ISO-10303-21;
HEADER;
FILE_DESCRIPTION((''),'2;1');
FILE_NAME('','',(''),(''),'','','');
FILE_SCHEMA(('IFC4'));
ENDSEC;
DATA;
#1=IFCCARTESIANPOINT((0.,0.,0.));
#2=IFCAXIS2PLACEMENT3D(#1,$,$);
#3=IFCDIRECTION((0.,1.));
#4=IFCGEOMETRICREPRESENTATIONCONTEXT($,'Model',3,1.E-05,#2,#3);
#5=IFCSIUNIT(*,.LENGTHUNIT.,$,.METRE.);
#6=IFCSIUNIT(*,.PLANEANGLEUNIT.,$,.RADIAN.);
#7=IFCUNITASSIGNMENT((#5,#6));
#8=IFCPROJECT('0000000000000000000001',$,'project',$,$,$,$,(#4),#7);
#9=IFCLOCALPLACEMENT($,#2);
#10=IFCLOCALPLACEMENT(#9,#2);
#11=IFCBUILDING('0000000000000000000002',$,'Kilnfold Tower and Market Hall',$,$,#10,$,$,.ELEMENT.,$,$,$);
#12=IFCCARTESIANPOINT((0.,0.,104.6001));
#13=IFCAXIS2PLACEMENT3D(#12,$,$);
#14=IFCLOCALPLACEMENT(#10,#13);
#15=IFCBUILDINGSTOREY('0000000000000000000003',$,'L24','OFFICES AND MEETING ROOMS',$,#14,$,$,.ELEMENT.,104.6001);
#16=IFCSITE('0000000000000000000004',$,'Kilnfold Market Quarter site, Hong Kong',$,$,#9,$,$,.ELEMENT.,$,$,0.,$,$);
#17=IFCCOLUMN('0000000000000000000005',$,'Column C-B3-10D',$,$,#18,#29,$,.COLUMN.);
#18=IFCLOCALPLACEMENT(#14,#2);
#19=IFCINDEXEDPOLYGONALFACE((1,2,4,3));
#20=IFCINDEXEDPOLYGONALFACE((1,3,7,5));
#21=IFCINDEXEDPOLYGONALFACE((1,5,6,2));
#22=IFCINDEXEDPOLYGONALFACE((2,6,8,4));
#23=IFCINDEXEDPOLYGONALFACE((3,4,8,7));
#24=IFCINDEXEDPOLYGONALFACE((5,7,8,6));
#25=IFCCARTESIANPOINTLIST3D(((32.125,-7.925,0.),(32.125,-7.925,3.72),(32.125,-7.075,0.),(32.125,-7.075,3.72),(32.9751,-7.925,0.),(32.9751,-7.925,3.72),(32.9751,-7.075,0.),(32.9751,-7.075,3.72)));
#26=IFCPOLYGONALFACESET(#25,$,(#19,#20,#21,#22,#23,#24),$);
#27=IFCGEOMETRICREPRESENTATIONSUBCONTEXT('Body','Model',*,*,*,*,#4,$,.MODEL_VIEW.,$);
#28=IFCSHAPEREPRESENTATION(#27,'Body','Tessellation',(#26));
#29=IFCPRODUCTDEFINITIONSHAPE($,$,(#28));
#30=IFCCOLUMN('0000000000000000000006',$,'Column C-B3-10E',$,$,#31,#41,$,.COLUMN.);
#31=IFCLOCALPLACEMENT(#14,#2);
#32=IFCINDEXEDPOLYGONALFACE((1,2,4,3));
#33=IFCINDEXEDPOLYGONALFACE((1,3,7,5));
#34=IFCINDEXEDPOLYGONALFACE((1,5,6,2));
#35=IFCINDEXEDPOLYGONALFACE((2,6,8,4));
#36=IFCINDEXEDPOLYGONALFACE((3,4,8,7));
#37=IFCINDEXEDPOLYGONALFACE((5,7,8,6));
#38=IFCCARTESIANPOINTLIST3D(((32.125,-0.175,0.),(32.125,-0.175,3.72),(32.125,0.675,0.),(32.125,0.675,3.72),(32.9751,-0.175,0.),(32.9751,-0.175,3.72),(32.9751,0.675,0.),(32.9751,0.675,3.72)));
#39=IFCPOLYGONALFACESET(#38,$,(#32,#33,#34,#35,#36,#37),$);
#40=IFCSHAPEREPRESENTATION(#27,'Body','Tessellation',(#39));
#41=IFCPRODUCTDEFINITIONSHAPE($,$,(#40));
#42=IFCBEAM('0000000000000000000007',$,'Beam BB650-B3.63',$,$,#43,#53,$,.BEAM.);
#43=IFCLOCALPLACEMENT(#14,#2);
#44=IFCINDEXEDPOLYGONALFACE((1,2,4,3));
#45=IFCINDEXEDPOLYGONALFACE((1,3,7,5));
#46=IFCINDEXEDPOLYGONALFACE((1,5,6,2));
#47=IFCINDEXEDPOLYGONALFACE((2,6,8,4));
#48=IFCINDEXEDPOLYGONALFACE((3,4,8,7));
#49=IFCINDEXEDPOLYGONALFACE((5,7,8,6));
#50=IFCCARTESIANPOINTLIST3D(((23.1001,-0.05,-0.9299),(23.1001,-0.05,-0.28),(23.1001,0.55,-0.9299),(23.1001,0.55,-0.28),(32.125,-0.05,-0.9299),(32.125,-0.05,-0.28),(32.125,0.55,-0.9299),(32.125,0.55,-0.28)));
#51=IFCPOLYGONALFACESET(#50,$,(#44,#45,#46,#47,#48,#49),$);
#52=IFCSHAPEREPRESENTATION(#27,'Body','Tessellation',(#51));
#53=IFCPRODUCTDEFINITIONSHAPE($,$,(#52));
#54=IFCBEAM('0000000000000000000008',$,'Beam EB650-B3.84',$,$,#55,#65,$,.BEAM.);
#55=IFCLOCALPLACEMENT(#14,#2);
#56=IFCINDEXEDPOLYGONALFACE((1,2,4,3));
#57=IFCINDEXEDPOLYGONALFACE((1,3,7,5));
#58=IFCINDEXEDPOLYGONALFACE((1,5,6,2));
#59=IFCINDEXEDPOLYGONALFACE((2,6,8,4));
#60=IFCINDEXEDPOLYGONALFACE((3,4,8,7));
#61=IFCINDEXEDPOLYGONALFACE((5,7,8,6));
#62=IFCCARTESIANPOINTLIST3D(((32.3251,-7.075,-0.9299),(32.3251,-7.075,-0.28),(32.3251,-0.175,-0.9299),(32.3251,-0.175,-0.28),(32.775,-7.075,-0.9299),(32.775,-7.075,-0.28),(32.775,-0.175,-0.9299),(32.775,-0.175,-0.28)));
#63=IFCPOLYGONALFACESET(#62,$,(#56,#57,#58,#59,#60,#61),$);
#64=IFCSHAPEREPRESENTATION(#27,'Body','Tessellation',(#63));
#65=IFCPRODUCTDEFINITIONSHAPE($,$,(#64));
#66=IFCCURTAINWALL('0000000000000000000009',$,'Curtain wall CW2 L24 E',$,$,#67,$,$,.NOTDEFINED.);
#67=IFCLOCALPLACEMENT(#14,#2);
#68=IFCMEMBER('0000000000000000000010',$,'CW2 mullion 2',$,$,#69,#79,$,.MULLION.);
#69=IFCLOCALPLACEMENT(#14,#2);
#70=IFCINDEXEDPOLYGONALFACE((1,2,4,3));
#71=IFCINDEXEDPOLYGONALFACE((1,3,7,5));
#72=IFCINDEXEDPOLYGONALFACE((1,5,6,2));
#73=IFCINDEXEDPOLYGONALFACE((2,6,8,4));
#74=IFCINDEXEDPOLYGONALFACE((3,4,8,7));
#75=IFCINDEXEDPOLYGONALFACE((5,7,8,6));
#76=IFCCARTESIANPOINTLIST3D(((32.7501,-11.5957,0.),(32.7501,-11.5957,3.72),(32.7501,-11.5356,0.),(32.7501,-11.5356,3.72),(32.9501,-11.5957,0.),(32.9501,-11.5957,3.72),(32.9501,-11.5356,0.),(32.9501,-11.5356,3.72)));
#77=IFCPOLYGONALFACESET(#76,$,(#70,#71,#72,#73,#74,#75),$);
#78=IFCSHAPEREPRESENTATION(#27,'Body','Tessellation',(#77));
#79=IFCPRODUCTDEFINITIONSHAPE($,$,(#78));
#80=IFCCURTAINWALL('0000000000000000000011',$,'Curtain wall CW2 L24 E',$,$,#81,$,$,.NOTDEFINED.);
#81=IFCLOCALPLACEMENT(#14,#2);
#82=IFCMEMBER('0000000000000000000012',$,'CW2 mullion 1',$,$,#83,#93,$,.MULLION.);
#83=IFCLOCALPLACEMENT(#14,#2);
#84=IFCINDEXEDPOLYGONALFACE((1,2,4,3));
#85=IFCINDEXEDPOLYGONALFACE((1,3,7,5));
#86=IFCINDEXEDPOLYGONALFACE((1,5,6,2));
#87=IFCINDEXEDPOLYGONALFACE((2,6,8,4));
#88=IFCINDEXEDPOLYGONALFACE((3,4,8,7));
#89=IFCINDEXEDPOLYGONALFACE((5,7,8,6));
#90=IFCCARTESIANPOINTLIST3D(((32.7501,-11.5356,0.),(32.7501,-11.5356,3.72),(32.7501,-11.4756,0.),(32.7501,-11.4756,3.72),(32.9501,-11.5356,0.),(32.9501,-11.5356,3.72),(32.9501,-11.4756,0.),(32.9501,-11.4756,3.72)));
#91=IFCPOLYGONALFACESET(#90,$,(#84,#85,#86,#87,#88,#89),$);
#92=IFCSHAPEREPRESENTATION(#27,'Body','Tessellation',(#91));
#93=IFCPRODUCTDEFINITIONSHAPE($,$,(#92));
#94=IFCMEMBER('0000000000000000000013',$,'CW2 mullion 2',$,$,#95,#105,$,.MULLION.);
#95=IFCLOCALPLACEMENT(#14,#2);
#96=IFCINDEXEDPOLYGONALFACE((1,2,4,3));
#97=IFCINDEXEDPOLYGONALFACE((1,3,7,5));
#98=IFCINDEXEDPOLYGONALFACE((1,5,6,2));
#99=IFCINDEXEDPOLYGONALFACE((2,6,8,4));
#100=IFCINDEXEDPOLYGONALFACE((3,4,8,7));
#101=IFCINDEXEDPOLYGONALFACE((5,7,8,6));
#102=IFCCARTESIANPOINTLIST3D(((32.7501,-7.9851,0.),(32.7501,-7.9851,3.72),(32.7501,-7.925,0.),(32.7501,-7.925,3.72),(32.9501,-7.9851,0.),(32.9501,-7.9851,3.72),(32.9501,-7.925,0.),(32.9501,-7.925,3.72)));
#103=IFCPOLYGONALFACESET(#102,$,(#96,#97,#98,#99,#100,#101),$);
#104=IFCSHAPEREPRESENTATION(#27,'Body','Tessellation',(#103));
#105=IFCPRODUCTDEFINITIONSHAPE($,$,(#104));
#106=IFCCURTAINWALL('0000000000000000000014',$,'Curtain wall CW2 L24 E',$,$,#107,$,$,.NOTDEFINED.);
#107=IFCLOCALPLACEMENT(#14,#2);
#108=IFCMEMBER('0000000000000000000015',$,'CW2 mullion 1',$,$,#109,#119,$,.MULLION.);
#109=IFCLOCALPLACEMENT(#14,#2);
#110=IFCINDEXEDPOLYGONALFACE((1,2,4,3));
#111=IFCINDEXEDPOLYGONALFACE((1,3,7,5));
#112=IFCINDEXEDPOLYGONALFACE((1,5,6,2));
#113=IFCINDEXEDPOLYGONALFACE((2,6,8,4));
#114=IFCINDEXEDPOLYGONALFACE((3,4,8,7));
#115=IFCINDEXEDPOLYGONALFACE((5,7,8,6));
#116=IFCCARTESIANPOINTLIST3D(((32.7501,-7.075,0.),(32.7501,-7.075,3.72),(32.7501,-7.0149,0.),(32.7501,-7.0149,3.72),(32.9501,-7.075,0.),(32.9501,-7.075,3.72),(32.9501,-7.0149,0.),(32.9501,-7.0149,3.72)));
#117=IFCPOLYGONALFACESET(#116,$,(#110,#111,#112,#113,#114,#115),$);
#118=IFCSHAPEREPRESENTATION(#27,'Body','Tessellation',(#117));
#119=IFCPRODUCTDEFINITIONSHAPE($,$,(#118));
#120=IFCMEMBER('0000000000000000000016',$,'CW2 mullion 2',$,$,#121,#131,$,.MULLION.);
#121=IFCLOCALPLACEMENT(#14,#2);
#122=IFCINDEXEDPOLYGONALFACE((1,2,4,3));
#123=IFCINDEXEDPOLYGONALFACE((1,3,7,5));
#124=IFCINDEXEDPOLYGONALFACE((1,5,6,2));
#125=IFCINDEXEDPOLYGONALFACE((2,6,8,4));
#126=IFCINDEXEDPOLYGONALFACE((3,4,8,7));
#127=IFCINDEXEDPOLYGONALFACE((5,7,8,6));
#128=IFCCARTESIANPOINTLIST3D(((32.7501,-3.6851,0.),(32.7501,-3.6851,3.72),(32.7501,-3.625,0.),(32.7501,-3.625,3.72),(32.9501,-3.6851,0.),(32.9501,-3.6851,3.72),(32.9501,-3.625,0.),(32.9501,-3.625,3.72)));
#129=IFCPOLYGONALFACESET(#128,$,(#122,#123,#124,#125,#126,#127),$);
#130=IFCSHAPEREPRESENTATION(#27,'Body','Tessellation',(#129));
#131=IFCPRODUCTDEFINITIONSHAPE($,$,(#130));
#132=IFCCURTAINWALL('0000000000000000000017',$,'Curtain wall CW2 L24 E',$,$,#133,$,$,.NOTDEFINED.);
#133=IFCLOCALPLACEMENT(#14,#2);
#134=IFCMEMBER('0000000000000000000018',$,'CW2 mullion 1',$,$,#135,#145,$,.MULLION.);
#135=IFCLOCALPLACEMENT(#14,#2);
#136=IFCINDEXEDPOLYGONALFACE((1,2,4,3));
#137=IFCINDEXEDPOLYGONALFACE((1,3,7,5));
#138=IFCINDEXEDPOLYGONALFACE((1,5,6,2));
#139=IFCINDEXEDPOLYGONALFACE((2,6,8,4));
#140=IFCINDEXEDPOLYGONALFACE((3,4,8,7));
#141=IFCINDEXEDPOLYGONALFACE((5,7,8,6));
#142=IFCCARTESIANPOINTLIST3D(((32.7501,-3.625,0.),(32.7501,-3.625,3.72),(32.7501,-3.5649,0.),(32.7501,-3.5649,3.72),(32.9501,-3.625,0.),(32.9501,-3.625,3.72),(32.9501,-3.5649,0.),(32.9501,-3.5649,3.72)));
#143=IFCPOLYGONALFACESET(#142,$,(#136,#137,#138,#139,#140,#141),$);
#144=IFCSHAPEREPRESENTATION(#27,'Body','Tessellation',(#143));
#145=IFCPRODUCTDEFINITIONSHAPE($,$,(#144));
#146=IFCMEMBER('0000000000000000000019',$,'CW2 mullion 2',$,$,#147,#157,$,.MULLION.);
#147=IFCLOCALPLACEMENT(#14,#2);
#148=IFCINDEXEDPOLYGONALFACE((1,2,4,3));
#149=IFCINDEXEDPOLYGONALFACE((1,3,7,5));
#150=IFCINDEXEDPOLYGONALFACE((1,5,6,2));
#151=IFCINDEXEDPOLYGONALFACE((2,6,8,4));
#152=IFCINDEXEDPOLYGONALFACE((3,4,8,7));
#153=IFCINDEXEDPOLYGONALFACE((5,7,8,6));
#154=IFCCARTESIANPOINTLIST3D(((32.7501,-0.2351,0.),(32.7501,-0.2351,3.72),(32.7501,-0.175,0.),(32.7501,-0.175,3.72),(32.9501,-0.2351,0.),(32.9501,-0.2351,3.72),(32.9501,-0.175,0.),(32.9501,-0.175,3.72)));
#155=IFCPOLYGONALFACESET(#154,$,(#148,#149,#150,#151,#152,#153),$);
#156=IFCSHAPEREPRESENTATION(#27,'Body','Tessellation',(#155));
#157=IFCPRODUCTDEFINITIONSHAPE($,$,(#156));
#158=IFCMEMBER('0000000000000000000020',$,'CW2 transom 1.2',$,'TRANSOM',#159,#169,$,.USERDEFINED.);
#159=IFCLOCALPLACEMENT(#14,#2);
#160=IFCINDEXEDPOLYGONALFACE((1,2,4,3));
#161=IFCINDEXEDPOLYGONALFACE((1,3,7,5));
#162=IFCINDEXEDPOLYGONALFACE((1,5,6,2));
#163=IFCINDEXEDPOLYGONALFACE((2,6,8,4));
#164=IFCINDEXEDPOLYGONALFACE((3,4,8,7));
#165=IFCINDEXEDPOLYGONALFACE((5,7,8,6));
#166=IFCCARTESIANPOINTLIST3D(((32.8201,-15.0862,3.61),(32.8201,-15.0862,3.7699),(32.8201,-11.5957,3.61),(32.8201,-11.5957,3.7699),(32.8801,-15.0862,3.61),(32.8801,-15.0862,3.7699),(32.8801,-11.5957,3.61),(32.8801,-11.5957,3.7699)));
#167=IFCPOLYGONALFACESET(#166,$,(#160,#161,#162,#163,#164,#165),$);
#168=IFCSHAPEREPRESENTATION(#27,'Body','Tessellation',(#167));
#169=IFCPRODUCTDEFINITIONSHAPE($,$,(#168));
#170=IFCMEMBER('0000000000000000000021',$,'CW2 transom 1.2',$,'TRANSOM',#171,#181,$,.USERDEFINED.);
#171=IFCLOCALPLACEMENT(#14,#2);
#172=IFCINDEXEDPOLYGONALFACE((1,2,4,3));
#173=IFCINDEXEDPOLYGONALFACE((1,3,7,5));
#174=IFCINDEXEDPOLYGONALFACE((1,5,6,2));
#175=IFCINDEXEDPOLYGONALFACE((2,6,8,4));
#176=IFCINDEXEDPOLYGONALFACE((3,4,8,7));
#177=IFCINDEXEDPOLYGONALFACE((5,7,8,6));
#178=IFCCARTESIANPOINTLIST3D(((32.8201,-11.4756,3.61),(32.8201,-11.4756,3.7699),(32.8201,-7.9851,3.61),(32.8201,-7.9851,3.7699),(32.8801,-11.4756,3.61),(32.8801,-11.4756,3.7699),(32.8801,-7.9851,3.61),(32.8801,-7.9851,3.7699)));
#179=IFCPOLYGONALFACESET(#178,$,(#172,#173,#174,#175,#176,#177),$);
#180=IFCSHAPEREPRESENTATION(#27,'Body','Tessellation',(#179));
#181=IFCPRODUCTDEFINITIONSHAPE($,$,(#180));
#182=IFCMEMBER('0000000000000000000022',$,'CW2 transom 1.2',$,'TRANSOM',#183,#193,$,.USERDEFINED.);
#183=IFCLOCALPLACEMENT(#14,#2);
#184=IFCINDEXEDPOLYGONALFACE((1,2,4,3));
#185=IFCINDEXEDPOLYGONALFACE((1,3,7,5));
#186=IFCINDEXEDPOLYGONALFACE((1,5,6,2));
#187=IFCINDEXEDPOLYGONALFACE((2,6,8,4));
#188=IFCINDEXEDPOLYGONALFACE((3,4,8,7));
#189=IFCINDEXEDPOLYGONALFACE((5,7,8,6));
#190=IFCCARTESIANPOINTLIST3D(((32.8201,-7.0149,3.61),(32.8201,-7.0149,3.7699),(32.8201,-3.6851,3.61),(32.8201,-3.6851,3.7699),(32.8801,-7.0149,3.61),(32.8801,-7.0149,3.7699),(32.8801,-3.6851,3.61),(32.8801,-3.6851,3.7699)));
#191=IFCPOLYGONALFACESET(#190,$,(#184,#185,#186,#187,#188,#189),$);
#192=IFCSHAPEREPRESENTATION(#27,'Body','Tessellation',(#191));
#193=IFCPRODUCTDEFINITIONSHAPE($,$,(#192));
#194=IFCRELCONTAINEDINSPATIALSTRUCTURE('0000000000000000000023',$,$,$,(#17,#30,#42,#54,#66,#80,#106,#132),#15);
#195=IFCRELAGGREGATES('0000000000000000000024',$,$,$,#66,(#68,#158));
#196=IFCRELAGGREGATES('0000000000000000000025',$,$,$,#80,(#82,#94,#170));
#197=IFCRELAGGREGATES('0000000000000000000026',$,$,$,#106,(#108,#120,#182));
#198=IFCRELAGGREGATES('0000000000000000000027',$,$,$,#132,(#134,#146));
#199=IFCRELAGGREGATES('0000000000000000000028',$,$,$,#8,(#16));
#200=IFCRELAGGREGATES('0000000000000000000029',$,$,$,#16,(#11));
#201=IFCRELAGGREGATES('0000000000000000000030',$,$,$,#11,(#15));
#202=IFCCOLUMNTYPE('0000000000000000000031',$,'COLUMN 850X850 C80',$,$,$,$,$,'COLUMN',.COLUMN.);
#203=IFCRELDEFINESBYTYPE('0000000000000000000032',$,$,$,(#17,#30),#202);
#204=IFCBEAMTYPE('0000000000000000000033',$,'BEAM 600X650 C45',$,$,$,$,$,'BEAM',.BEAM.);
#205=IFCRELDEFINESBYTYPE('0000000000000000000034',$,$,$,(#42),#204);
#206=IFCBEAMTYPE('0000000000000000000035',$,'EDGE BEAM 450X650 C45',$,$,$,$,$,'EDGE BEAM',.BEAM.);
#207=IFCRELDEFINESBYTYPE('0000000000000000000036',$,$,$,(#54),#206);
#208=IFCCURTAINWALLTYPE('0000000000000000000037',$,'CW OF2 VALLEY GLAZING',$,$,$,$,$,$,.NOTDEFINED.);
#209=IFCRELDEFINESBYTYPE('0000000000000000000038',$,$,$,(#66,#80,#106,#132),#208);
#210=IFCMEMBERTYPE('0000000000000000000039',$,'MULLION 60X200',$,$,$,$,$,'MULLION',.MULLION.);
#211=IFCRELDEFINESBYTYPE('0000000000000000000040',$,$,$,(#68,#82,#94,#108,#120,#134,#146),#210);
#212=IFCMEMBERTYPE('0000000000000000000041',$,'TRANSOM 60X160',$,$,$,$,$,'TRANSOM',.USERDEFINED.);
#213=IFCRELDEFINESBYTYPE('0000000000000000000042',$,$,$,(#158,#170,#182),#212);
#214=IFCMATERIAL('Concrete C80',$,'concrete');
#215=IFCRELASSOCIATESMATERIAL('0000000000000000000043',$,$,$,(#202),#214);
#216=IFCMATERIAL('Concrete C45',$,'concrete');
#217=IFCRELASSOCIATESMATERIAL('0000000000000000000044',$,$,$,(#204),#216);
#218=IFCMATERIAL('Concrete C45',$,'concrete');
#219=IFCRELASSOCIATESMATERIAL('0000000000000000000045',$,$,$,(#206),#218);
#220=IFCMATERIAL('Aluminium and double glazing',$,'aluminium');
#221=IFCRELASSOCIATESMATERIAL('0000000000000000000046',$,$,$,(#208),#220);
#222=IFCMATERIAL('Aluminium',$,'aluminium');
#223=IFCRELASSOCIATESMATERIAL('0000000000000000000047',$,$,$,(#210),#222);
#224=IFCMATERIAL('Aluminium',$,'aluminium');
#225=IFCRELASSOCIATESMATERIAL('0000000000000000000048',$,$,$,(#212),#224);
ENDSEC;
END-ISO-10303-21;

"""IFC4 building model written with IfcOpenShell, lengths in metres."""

from ifc_helpers import new_model, si_unit, direction, frame, origin, origin_2d, place, context, subcontext, project, spatial, rectangle, extrude, source, transform, mapped, material, material_profile, profile_set, type_object, element, aggregate, save


model = new_model("IFC4")

# Units and contexts
model_context = context("Model", 3, precision=1e-05, world=origin(), true_north=direction((0.0, 1.0)))
body_context = subcontext(model_context, "Body", "Model", "MODEL_VIEW")
ifc_project = project(units=[si_unit("LENGTHUNIT", "METRE"), si_unit("PLANEANGLEUNIT", "RADIAN")], contexts=[model_context])

# Site, building, storey
site_placement = place(None, origin())
site = spatial("IfcSite", under=ifc_project, at=site_placement, Name="Kilnfold Market Quarter site, Hong Kong", CompositionType="ELEMENT", RefElevation=0.0)
building_placement = place(site_placement, origin())
building = spatial("IfcBuilding", under=site, at=building_placement, Name="Kilnfold Tower and Market Hall", CompositionType="ELEMENT")
storey_placement = place(building_placement, frame((0.0, 0.0, 104.6001)))
storey = spatial("IfcBuildingStorey", under=building, at=storey_placement, Name="L24", Description="OFFICES AND MEETING ROOMS", CompositionType="ELEMENT", Elevation=104.6001)

# Columns
ifc_material_1 = material(Name="Concrete C80", Category="concrete")
ifc_material_profile_1 = material_profile(ifc_material_1, rectangle(XDim=0.8501, YDim=0.8501, at=origin_2d()), Name="RC 850x850")
ifc_profile_set_1 = profile_set([ifc_material_profile_1], Name="Concrete C80")
column_type = type_object("IfcColumnType", Name="COLUMN 850X850 C80", ElementType="COLUMN", PredefinedType="COLUMN", material=ifc_profile_set_1)
shared_shape_1 = source(origin(), body_context, "Body", "SweptSolid", [
    extrude(rectangle(XDim=0.8501, YDim=0.8501, at=origin_2d()), origin(), (0.0, 0.0, 1.0), 3.72),
])
for number, where, z_axis, x_axis, name in (
    (1, (32.55, -7.5, 0.0), (0.0, 0.0, 1.0), (1.0, 0.0, 0.0), "Column C-B3-10D"),
    (2, (32.55, 0.25, 0.0), (0.0, 0.0, 1.0), (1.0, 0.0, 0.0), "Column C-B3-10E"),
):
    element("IfcColumn", number, at=place(storey_placement, frame(where, z_axis=z_axis, x_axis=x_axis)), inside=storey, type_object=column_type, Name=name, PredefinedType="COLUMN", context=body_context, shape_type="MappedRepresentation", body=[
        mapped(shared_shape_1, transform((0.0, 0.0, 0.0))),
    ])

# Beams
ifc_material_2 = material(Name="Concrete C45", Category="concrete")
ifc_material_profile_2 = material_profile(ifc_material_2, rectangle(XDim=0.6001, YDim=0.6499, at=origin_2d()), Name="RC 600x650")
ifc_profile_set_2 = profile_set([ifc_material_profile_2], Name="Concrete C45")
beam_type_1 = type_object("IfcBeamType", Name="BEAM 600X650 C45", ElementType="BEAM", PredefinedType="BEAM", material=ifc_profile_set_2)
shared_shape_2 = source(origin(), body_context, "Body", "SweptSolid", [
    extrude(rectangle(XDim=0.6001, YDim=0.6499, at=origin_2d()), origin(), (0.0, 0.0, 1.0), 9.0249),
])
beam_1_placement = place(storey_placement, frame((23.1001, 0.25, -0.605), z_axis=(1.0, 0.0, 0.0), x_axis=(0.0, 1.0, 0.0)))
element("IfcBeam", 3, at=beam_1_placement, inside=storey, type_object=beam_type_1, Name="Beam BB650-B3.63", PredefinedType="BEAM", context=body_context, shape_type="MappedRepresentation", body=[
    mapped(shared_shape_2, transform((0.0, 0.0, 0.0))),
])
ifc_material_3 = material(Name="Concrete C45", Category="concrete")
ifc_material_profile_3 = material_profile(ifc_material_3, rectangle(XDim=0.45, YDim=0.6499, at=origin_2d()), Name="RC 450x650")
ifc_profile_set_3 = profile_set([ifc_material_profile_3], Name="Concrete C45")
beam_type_2 = type_object("IfcBeamType", Name="EDGE BEAM 450X650 C45", ElementType="EDGE BEAM", PredefinedType="BEAM", material=ifc_profile_set_3)
shared_shape_3 = source(origin(), body_context, "Body", "SweptSolid", [
    extrude(rectangle(XDim=0.45, YDim=0.6499, at=origin_2d()), origin(), (0.0, 0.0, 1.0), 6.8999),
])
beam_2_placement = place(storey_placement, frame((32.55, -7.075, -0.605), z_axis=(0.0, 1.0, 0.0), x_axis=(-1.0, 0.0, 0.0)))
element("IfcBeam", 4, at=beam_2_placement, inside=storey, type_object=beam_type_2, Name="Beam EB650-B3.84", PredefinedType="BEAM", context=body_context, shape_type="MappedRepresentation", body=[
    mapped(shared_shape_3, transform((0.0, 0.0, 0.0))),
])

# Curtain wall, member
ifc_material_4 = material(Name="Aluminium and double glazing", Category="aluminium")
curtain_wall_type = type_object("IfcCurtainWallType", Name="CW OF2 VALLEY GLAZING", PredefinedType="NOTDEFINED", material=ifc_material_4)
curtain_wall_1_placement = place(storey_placement, origin())
curtain_wall_1 = element("IfcCurtainWall", 5, at=curtain_wall_1_placement, inside=storey, type_object=curtain_wall_type, Name="Curtain wall CW2 L24 E", PredefinedType="NOTDEFINED")
ifc_material_5 = material(Name="Aluminium", Category="aluminium")
ifc_material_profile_4 = material_profile(ifc_material_5, rectangle(XDim=0.0601, YDim=0.2, at=origin_2d()), Name="MULLION 60x200")
ifc_profile_set_4 = profile_set([ifc_material_profile_4], Name="Aluminium")
member_type_1 = type_object("IfcMemberType", Name="MULLION 60X200", ElementType="MULLION", PredefinedType="MULLION", material=ifc_profile_set_4)
shared_shape_4 = source(origin(), body_context, "Body", "SweptSolid", [
    extrude(rectangle(XDim=0.0601, YDim=0.2, at=origin_2d()), origin(), (0.0, 0.0, 1.0), 3.72),
])
member_1_placement = place(storey_placement, frame((32.8501, -11.5657, 0.0), z_axis=(0.0, 0.0, 1.0), x_axis=(0.0, 1.0, 0.0)))
member_1 = element("IfcMember", 6, at=member_1_placement, type_object=member_type_1, Name="CW2 mullion 2", PredefinedType="MULLION", context=body_context, shape_type="MappedRepresentation", body=[
    mapped(shared_shape_4, transform((0.0, 0.0, 0.0))),
])

# Curtain walls, members
curtain_wall_2_placement = place(storey_placement, origin())
curtain_wall_2 = element("IfcCurtainWall", 7, at=curtain_wall_2_placement, inside=storey, type_object=curtain_wall_type, Name="Curtain wall CW2 L24 E", PredefinedType="NOTDEFINED")
member_2_placement = place(storey_placement, frame((32.8501, -11.5056, 0.0), z_axis=(0.0, 0.0, 1.0), x_axis=(0.0, 1.0, 0.0)))
member_2 = element("IfcMember", 8, at=member_2_placement, type_object=member_type_1, Name="CW2 mullion 1", PredefinedType="MULLION", context=body_context, shape_type="MappedRepresentation", body=[
    mapped(shared_shape_4, transform((0.0, 0.0, 0.0))),
])
member_3_placement = place(storey_placement, frame((32.8501, -7.9551, 0.0), z_axis=(0.0, 0.0, 1.0), x_axis=(0.0, 1.0, 0.0)))
member_3 = element("IfcMember", 9, at=member_3_placement, type_object=member_type_1, Name="CW2 mullion 2", PredefinedType="MULLION", context=body_context, shape_type="MappedRepresentation", body=[
    mapped(shared_shape_4, transform((0.0, 0.0, 0.0))),
])
curtain_wall_3_placement = place(storey_placement, origin())
curtain_wall_3 = element("IfcCurtainWall", 10, at=curtain_wall_3_placement, inside=storey, type_object=curtain_wall_type, Name="Curtain wall CW2 L24 E", PredefinedType="NOTDEFINED")
member_4_placement = place(storey_placement, frame((32.8501, -7.0449, 0.0), z_axis=(0.0, 0.0, 1.0), x_axis=(0.0, 1.0, 0.0)))
member_4 = element("IfcMember", 11, at=member_4_placement, type_object=member_type_1, Name="CW2 mullion 1", PredefinedType="MULLION", context=body_context, shape_type="MappedRepresentation", body=[
    mapped(shared_shape_4, transform((0.0, 0.0, 0.0))),
])
member_5_placement = place(storey_placement, frame((32.8501, -3.655, 0.0), z_axis=(0.0, 0.0, 1.0), x_axis=(0.0, 1.0, 0.0)))
member_5 = element("IfcMember", 12, at=member_5_placement, type_object=member_type_1, Name="CW2 mullion 2", PredefinedType="MULLION", context=body_context, shape_type="MappedRepresentation", body=[
    mapped(shared_shape_4, transform((0.0, 0.0, 0.0))),
])
curtain_wall_4_placement = place(storey_placement, origin())
curtain_wall_4 = element("IfcCurtainWall", 13, at=curtain_wall_4_placement, inside=storey, type_object=curtain_wall_type, Name="Curtain wall CW2 L24 E", PredefinedType="NOTDEFINED")
member_6_placement = place(storey_placement, frame((32.8501, -3.595, 0.0), z_axis=(0.0, 0.0, 1.0), x_axis=(0.0, 1.0, 0.0)))
member_6 = element("IfcMember", 14, at=member_6_placement, type_object=member_type_1, Name="CW2 mullion 1", PredefinedType="MULLION", context=body_context, shape_type="MappedRepresentation", body=[
    mapped(shared_shape_4, transform((0.0, 0.0, 0.0))),
])
member_7_placement = place(storey_placement, frame((32.8501, -0.2051, 0.0), z_axis=(0.0, 0.0, 1.0), x_axis=(0.0, 1.0, 0.0)))
member_7 = element("IfcMember", 15, at=member_7_placement, type_object=member_type_1, Name="CW2 mullion 2", PredefinedType="MULLION", context=body_context, shape_type="MappedRepresentation", body=[
    mapped(shared_shape_4, transform((0.0, 0.0, 0.0))),
])

# Members
ifc_material_6 = material(Name="Aluminium", Category="aluminium")
ifc_material_profile_5 = material_profile(ifc_material_6, rectangle(XDim=0.0601, YDim=0.1599, at=origin_2d()), Name="TRANSOM 60x160")
ifc_profile_set_5 = profile_set([ifc_material_profile_5], Name="Aluminium")
member_type_2 = type_object("IfcMemberType", Name="TRANSOM 60X160", ElementType="TRANSOM", PredefinedType="USERDEFINED", material=ifc_profile_set_5)
shared_shape_5 = source(origin(), body_context, "Body", "SweptSolid", [
    extrude(rectangle(XDim=0.0601, YDim=0.1599, at=origin_2d()), origin(), (0.0, 0.0, 1.0), 3.4905),
])
member_8_placement = place(storey_placement, frame((32.8501, -15.0862, 3.6899), z_axis=(0.0, 1.0, 0.0), x_axis=(-1.0, 0.0, 0.0)))
member_8 = element("IfcMember", 16, at=member_8_placement, type_object=member_type_2, Name="CW2 transom 1.2", ObjectType="TRANSOM", PredefinedType="USERDEFINED", context=body_context, shape_type="MappedRepresentation", body=[
    mapped(shared_shape_5, transform((0.0, 0.0, 0.0))),
])
member_9_placement = place(storey_placement, frame((32.8501, -11.4756, 3.6899), z_axis=(0.0, 1.0, 0.0), x_axis=(-1.0, 0.0, 0.0)))
member_9 = element("IfcMember", 17, at=member_9_placement, type_object=member_type_2, Name="CW2 transom 1.2", ObjectType="TRANSOM", PredefinedType="USERDEFINED", context=body_context, shape_type="MappedRepresentation", body=[
    mapped(shared_shape_5, transform((0.0, 0.0, 0.0))),
])
shared_shape_6 = source(origin(), body_context, "Body", "SweptSolid", [
    extrude(rectangle(XDim=0.0601, YDim=0.1599, at=origin_2d()), origin(), (0.0, 0.0, 1.0), 3.3298),
])
member_10_placement = place(storey_placement, frame((32.8501, -7.0149, 3.6899), z_axis=(0.0, 1.0, 0.0), x_axis=(-1.0, 0.0, 0.0)))
member_10 = element("IfcMember", 18, at=member_10_placement, type_object=member_type_2, Name="CW2 transom 1.2", ObjectType="TRANSOM", PredefinedType="USERDEFINED", context=body_context, shape_type="MappedRepresentation", body=[
    mapped(shared_shape_6, transform((0.0, 0.0, 0.0))),
])

aggregate(curtain_wall_1, [member_1, member_8])
aggregate(curtain_wall_2, [member_2, member_3, member_9])
aggregate(curtain_wall_3, [member_4, member_5, member_10])
aggregate(curtain_wall_4, [member_6, member_7])

save(model, "model.ifc")
